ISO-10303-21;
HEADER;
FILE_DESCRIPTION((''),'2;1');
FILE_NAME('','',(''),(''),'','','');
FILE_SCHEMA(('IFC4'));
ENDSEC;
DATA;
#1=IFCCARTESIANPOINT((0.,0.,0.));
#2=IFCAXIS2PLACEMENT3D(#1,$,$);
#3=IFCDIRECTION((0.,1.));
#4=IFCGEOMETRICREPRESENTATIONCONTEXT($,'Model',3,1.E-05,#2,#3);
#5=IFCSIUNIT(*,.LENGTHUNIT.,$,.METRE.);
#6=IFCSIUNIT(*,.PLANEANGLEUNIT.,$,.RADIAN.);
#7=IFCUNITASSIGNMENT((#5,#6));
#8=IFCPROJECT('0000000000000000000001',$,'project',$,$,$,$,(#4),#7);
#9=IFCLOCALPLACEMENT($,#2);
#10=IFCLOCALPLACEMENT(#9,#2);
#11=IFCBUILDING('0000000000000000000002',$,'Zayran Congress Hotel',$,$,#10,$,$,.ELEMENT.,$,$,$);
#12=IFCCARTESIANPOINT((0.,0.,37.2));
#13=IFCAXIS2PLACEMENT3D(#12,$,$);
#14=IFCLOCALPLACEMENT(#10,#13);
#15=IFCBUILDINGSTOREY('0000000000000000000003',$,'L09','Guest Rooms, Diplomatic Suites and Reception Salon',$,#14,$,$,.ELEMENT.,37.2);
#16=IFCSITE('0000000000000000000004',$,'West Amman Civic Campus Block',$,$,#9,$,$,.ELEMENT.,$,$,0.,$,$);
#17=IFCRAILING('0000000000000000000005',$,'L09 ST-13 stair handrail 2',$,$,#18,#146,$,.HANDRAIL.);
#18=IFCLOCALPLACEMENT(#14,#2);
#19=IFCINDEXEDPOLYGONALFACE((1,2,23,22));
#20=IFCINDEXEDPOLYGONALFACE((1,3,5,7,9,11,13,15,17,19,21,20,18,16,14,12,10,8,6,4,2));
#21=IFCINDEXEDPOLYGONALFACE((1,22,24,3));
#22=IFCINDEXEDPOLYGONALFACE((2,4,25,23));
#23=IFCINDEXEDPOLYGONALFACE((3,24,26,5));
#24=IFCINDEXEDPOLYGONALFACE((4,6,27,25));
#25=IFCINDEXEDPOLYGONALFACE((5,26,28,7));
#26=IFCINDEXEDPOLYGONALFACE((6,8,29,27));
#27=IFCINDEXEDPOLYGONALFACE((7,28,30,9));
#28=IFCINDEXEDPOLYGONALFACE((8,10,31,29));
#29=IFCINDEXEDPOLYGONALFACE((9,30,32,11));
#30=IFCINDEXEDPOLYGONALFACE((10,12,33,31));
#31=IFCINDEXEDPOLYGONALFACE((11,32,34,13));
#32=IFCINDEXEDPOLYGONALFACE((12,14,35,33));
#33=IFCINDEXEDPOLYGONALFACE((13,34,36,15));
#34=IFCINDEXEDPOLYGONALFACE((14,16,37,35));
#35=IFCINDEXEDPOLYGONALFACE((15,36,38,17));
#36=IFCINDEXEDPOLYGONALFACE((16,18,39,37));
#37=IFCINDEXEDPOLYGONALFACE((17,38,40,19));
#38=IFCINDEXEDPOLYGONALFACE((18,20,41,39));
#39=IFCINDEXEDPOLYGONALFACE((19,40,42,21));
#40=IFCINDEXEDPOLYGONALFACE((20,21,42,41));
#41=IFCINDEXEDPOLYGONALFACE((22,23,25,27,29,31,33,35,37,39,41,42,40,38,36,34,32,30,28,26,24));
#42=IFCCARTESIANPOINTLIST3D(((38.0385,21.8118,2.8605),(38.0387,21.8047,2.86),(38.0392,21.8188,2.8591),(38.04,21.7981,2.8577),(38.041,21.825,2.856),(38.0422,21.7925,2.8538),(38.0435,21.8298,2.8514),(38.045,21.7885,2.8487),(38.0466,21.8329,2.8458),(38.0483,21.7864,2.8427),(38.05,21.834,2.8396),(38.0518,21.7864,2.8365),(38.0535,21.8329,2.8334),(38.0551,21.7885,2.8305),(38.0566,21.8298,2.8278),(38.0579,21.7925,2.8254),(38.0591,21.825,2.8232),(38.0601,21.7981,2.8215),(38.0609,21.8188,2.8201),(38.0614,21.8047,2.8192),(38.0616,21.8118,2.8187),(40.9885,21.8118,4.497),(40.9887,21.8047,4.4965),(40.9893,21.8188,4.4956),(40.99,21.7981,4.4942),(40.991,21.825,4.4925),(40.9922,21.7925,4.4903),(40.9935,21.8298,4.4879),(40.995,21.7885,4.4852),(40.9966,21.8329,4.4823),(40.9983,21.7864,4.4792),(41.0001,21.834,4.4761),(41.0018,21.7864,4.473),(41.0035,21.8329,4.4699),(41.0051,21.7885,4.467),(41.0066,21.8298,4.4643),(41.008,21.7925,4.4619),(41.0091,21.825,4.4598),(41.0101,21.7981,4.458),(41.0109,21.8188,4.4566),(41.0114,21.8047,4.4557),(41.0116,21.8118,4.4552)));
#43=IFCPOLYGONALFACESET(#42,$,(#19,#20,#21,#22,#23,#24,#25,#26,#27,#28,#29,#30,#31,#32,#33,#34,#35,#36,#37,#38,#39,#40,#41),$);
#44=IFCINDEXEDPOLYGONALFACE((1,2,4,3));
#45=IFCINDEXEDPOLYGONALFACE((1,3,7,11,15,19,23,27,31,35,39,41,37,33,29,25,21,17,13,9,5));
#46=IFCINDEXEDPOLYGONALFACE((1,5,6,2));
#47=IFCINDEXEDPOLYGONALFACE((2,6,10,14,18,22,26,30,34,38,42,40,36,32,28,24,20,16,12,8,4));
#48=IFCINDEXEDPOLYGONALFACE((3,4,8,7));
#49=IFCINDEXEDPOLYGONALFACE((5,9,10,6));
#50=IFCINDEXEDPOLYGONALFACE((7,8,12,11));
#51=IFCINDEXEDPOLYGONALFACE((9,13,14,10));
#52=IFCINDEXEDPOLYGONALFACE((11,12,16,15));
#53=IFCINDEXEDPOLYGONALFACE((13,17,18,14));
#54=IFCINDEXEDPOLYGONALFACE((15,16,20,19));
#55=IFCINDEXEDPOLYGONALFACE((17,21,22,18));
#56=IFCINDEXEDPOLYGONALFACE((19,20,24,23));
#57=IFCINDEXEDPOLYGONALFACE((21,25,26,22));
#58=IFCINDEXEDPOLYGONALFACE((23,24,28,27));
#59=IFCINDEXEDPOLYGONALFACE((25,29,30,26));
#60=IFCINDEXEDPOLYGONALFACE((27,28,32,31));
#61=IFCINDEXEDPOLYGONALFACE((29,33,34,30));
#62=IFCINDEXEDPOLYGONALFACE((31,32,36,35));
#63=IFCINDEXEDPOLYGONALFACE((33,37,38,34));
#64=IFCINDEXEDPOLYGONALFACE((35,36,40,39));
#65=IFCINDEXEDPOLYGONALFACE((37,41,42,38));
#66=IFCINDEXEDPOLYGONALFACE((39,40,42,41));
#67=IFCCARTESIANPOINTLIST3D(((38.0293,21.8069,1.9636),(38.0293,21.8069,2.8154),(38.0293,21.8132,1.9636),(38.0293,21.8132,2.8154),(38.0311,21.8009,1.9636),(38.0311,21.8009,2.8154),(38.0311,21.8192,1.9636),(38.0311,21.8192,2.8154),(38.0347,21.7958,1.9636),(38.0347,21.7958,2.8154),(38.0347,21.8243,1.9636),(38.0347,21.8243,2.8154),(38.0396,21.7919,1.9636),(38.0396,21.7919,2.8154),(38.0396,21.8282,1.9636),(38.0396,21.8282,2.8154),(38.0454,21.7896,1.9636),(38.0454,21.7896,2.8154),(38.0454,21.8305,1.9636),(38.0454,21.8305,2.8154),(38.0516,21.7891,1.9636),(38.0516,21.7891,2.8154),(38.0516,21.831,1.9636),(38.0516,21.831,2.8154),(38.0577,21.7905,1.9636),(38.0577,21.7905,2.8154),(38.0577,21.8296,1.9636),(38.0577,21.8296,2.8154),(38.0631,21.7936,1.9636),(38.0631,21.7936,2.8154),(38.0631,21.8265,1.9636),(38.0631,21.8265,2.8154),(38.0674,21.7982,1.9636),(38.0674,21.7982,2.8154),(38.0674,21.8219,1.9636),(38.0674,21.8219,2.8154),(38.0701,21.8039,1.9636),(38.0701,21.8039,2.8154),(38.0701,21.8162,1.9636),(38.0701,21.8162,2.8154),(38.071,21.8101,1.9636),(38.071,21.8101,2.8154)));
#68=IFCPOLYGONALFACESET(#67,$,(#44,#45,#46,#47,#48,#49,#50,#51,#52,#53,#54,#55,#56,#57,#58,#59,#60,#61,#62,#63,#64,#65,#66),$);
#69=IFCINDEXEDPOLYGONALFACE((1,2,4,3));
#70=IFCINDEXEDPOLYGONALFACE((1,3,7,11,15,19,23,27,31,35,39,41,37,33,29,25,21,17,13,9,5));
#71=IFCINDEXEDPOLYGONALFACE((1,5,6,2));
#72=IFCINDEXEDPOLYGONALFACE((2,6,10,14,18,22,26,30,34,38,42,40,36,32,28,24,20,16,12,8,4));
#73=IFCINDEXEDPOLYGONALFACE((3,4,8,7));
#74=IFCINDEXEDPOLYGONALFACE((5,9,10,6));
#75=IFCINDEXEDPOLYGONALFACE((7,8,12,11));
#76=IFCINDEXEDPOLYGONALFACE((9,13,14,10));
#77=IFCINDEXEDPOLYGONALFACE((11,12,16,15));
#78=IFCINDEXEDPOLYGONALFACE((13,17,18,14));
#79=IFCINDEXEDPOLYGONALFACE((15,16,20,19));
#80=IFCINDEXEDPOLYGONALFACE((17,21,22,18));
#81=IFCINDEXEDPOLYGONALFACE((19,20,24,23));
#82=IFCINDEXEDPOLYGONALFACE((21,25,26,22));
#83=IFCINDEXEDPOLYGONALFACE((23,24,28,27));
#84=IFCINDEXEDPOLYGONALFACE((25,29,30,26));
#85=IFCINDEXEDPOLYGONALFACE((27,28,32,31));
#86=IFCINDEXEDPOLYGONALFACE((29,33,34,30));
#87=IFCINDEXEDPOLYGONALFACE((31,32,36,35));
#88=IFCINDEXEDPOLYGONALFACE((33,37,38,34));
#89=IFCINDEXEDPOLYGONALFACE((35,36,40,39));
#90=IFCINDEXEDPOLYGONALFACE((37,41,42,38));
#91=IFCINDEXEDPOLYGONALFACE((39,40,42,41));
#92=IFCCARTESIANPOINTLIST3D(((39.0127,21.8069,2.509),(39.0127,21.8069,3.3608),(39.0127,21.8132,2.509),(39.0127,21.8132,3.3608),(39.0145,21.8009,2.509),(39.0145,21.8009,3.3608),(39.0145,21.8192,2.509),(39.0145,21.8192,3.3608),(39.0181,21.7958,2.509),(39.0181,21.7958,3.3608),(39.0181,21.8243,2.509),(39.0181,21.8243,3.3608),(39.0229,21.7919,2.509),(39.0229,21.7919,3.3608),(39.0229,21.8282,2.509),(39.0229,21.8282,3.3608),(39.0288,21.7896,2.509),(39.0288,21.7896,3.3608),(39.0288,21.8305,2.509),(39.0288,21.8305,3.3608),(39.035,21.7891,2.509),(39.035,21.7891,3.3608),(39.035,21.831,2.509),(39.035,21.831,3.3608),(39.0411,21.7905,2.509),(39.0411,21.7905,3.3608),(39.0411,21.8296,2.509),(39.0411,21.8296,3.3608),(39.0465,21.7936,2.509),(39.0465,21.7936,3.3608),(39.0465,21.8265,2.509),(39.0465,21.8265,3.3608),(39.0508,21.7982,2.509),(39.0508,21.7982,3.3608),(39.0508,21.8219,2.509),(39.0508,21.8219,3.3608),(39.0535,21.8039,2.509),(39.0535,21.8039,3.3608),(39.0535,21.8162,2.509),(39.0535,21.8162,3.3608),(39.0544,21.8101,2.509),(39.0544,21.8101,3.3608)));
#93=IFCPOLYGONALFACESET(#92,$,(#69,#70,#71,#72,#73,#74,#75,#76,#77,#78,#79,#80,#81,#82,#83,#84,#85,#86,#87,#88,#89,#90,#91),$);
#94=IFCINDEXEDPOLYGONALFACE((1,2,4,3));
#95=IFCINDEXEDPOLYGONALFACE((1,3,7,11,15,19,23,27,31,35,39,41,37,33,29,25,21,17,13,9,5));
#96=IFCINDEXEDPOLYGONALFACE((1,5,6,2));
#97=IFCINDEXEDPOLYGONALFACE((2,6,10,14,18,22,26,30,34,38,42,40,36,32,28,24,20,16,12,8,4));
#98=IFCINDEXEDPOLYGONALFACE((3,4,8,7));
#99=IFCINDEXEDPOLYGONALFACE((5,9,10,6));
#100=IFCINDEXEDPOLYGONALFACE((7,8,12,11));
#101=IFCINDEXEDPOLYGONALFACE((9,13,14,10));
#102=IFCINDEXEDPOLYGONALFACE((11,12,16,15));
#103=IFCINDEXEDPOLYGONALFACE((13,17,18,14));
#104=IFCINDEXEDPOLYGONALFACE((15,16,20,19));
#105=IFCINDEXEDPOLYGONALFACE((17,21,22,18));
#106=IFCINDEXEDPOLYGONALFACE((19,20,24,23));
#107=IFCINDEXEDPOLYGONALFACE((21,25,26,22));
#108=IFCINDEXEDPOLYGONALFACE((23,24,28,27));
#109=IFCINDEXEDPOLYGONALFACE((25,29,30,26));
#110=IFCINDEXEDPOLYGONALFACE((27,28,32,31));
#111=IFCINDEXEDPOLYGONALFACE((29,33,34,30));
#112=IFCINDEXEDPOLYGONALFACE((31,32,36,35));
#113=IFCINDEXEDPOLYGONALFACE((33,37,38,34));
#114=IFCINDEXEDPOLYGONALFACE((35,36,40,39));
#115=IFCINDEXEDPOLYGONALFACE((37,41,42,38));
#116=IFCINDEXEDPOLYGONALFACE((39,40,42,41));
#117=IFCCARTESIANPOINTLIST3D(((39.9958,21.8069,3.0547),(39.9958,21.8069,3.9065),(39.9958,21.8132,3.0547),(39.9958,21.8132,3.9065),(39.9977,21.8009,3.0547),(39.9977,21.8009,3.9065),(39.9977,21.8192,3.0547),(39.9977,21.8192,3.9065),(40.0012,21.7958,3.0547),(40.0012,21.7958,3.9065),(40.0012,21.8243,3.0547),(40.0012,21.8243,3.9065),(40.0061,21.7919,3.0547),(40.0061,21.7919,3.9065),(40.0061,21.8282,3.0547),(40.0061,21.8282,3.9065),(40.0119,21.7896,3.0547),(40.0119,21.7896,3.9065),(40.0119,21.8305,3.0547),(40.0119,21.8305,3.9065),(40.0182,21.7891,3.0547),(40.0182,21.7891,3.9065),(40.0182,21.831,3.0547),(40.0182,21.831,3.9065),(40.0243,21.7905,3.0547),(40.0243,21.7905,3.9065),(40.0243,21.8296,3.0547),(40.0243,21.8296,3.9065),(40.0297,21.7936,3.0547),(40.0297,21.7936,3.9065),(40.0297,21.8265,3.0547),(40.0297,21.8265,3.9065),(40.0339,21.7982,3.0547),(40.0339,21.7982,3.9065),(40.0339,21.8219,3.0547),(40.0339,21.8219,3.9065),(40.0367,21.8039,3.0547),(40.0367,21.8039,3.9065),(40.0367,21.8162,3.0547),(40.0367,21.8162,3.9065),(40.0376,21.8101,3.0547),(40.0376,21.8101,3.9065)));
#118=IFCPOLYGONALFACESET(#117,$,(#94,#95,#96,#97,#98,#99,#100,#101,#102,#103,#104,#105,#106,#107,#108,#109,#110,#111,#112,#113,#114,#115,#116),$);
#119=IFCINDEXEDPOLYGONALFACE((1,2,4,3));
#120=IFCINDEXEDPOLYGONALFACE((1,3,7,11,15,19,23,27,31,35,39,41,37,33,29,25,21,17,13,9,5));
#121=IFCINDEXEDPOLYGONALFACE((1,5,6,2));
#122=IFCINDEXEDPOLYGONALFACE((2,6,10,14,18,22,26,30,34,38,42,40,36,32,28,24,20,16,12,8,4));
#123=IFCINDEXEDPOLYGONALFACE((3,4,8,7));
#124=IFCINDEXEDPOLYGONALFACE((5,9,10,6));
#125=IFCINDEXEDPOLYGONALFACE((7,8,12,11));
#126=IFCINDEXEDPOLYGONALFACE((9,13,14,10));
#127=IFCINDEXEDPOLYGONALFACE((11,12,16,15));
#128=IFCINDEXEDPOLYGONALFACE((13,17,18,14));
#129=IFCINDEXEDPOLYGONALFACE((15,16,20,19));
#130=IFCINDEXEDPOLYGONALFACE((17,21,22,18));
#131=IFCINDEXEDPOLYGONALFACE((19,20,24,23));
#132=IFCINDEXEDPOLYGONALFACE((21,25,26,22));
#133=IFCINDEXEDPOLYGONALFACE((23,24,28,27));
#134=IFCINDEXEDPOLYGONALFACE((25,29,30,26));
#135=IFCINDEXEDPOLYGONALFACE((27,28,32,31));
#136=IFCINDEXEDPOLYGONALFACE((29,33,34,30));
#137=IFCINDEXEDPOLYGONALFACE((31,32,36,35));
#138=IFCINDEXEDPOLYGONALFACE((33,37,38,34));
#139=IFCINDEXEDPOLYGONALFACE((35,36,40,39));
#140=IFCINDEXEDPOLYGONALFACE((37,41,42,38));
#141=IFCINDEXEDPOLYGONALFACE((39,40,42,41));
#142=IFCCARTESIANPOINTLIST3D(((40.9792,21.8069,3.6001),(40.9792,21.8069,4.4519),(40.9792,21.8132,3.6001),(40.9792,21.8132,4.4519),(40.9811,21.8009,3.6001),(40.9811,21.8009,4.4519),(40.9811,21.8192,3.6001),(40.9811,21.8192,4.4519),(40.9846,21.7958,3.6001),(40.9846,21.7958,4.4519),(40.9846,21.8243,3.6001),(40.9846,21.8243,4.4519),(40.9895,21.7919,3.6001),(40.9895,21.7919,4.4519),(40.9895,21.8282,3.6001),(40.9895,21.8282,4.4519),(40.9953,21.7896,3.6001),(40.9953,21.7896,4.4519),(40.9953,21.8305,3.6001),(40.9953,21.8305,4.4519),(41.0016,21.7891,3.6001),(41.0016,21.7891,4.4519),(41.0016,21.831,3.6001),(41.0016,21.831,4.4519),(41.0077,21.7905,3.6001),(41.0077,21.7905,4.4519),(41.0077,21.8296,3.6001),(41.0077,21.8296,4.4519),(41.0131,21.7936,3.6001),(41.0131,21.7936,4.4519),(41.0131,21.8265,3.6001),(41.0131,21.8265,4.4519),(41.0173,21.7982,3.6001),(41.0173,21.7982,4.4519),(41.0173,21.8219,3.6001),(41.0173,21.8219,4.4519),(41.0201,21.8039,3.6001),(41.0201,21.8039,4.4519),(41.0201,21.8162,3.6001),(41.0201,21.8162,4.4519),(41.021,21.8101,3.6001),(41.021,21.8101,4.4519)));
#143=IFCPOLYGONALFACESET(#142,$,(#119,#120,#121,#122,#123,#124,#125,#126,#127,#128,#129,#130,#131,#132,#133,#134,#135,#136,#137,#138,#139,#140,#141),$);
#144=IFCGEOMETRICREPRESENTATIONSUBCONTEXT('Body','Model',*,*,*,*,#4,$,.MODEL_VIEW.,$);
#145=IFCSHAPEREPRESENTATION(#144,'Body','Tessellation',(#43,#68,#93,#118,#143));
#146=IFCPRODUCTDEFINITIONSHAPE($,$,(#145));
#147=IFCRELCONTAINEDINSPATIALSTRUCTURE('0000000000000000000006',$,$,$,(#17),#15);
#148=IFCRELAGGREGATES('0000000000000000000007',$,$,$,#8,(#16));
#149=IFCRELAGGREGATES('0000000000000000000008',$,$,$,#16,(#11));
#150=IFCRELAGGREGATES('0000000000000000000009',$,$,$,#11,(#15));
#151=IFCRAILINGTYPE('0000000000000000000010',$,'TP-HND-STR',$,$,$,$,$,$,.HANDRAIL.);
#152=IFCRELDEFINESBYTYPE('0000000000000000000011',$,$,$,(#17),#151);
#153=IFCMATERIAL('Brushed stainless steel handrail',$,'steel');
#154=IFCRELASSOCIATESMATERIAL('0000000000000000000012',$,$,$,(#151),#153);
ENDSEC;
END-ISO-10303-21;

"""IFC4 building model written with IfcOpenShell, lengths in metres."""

from ifc_helpers import new_model, si_unit, direction, frame, origin, origin_2d, place, context, subcontext, project, spatial, circle, extrude, material, type_object, element, save


model = new_model("IFC4")

# Units and contexts
model_context = context("Model", 3, precision=1e-05, world=origin(), true_north=direction((0.0, 1.0)))
body_context = subcontext(model_context, "Body", "Model", "MODEL_VIEW")
ifc_project = project(units=[si_unit("LENGTHUNIT", "METRE"), si_unit("PLANEANGLEUNIT", "RADIAN")], contexts=[model_context])

# Site, building, storey
site_placement = place(None, origin())
site = spatial("IfcSite", under=ifc_project, at=site_placement, Name="West Amman Civic Campus Block", CompositionType="ELEMENT", RefElevation=0.0)
building_placement = place(site_placement, origin())
building = spatial("IfcBuilding", under=site, at=building_placement, Name="Zayran Congress Hotel", CompositionType="ELEMENT")
storey_placement = place(building_placement, frame((0.0, 0.0, 37.2)))
storey = spatial("IfcBuildingStorey", under=building, at=storey_placement, Name="L09", Description="Guest Rooms, Diplomatic Suites and Reception Salon", CompositionType="ELEMENT", Elevation=37.2)

# Railing
ifc_material_1 = material(Name="Brushed stainless steel handrail", Category="steel")
railing_type = type_object("IfcRailingType", Name="TP-HND-STR", PredefinedType="HANDRAIL", material=ifc_material_1)
railing_placement = place(storey_placement, frame((38.05, 21.8101, 1.9636)))
element("IfcRailing", 1, at=railing_placement, inside=storey, type_object=railing_type, Name="L09 ST-13 stair handrail 2", PredefinedType="HANDRAIL", context=body_context, shape_type="SweptSolid", body=[
    extrude(circle(Radius=0.0239, at=origin_2d()), frame((0.0, 0.0, 0.876), z_axis=(0.874458, 0.0, 0.485102), x_axis=(0.0, 1.0, 0.0)), (0.0, 0.0, 1.0), 3.3735),
    extrude(circle(Radius=0.021, at=origin_2d()), origin(), (0.0, 0.0, 1.0), 0.8518),
    extrude(circle(Radius=0.021, at=origin_2d()), frame((0.9834, 0.0, 0.5454)), (0.0, 0.0, 1.0), 0.8518),
    extrude(circle(Radius=0.021, at=origin_2d()), frame((1.9666, 0.0, 1.0911)), (0.0, 0.0, 1.0), 0.8518),
    extrude(circle(Radius=0.021, at=origin_2d()), frame((2.95, 0.0, 1.6365)), (0.0, 0.0, 1.0), 0.8518),
])

save(model, "model.ifc")
